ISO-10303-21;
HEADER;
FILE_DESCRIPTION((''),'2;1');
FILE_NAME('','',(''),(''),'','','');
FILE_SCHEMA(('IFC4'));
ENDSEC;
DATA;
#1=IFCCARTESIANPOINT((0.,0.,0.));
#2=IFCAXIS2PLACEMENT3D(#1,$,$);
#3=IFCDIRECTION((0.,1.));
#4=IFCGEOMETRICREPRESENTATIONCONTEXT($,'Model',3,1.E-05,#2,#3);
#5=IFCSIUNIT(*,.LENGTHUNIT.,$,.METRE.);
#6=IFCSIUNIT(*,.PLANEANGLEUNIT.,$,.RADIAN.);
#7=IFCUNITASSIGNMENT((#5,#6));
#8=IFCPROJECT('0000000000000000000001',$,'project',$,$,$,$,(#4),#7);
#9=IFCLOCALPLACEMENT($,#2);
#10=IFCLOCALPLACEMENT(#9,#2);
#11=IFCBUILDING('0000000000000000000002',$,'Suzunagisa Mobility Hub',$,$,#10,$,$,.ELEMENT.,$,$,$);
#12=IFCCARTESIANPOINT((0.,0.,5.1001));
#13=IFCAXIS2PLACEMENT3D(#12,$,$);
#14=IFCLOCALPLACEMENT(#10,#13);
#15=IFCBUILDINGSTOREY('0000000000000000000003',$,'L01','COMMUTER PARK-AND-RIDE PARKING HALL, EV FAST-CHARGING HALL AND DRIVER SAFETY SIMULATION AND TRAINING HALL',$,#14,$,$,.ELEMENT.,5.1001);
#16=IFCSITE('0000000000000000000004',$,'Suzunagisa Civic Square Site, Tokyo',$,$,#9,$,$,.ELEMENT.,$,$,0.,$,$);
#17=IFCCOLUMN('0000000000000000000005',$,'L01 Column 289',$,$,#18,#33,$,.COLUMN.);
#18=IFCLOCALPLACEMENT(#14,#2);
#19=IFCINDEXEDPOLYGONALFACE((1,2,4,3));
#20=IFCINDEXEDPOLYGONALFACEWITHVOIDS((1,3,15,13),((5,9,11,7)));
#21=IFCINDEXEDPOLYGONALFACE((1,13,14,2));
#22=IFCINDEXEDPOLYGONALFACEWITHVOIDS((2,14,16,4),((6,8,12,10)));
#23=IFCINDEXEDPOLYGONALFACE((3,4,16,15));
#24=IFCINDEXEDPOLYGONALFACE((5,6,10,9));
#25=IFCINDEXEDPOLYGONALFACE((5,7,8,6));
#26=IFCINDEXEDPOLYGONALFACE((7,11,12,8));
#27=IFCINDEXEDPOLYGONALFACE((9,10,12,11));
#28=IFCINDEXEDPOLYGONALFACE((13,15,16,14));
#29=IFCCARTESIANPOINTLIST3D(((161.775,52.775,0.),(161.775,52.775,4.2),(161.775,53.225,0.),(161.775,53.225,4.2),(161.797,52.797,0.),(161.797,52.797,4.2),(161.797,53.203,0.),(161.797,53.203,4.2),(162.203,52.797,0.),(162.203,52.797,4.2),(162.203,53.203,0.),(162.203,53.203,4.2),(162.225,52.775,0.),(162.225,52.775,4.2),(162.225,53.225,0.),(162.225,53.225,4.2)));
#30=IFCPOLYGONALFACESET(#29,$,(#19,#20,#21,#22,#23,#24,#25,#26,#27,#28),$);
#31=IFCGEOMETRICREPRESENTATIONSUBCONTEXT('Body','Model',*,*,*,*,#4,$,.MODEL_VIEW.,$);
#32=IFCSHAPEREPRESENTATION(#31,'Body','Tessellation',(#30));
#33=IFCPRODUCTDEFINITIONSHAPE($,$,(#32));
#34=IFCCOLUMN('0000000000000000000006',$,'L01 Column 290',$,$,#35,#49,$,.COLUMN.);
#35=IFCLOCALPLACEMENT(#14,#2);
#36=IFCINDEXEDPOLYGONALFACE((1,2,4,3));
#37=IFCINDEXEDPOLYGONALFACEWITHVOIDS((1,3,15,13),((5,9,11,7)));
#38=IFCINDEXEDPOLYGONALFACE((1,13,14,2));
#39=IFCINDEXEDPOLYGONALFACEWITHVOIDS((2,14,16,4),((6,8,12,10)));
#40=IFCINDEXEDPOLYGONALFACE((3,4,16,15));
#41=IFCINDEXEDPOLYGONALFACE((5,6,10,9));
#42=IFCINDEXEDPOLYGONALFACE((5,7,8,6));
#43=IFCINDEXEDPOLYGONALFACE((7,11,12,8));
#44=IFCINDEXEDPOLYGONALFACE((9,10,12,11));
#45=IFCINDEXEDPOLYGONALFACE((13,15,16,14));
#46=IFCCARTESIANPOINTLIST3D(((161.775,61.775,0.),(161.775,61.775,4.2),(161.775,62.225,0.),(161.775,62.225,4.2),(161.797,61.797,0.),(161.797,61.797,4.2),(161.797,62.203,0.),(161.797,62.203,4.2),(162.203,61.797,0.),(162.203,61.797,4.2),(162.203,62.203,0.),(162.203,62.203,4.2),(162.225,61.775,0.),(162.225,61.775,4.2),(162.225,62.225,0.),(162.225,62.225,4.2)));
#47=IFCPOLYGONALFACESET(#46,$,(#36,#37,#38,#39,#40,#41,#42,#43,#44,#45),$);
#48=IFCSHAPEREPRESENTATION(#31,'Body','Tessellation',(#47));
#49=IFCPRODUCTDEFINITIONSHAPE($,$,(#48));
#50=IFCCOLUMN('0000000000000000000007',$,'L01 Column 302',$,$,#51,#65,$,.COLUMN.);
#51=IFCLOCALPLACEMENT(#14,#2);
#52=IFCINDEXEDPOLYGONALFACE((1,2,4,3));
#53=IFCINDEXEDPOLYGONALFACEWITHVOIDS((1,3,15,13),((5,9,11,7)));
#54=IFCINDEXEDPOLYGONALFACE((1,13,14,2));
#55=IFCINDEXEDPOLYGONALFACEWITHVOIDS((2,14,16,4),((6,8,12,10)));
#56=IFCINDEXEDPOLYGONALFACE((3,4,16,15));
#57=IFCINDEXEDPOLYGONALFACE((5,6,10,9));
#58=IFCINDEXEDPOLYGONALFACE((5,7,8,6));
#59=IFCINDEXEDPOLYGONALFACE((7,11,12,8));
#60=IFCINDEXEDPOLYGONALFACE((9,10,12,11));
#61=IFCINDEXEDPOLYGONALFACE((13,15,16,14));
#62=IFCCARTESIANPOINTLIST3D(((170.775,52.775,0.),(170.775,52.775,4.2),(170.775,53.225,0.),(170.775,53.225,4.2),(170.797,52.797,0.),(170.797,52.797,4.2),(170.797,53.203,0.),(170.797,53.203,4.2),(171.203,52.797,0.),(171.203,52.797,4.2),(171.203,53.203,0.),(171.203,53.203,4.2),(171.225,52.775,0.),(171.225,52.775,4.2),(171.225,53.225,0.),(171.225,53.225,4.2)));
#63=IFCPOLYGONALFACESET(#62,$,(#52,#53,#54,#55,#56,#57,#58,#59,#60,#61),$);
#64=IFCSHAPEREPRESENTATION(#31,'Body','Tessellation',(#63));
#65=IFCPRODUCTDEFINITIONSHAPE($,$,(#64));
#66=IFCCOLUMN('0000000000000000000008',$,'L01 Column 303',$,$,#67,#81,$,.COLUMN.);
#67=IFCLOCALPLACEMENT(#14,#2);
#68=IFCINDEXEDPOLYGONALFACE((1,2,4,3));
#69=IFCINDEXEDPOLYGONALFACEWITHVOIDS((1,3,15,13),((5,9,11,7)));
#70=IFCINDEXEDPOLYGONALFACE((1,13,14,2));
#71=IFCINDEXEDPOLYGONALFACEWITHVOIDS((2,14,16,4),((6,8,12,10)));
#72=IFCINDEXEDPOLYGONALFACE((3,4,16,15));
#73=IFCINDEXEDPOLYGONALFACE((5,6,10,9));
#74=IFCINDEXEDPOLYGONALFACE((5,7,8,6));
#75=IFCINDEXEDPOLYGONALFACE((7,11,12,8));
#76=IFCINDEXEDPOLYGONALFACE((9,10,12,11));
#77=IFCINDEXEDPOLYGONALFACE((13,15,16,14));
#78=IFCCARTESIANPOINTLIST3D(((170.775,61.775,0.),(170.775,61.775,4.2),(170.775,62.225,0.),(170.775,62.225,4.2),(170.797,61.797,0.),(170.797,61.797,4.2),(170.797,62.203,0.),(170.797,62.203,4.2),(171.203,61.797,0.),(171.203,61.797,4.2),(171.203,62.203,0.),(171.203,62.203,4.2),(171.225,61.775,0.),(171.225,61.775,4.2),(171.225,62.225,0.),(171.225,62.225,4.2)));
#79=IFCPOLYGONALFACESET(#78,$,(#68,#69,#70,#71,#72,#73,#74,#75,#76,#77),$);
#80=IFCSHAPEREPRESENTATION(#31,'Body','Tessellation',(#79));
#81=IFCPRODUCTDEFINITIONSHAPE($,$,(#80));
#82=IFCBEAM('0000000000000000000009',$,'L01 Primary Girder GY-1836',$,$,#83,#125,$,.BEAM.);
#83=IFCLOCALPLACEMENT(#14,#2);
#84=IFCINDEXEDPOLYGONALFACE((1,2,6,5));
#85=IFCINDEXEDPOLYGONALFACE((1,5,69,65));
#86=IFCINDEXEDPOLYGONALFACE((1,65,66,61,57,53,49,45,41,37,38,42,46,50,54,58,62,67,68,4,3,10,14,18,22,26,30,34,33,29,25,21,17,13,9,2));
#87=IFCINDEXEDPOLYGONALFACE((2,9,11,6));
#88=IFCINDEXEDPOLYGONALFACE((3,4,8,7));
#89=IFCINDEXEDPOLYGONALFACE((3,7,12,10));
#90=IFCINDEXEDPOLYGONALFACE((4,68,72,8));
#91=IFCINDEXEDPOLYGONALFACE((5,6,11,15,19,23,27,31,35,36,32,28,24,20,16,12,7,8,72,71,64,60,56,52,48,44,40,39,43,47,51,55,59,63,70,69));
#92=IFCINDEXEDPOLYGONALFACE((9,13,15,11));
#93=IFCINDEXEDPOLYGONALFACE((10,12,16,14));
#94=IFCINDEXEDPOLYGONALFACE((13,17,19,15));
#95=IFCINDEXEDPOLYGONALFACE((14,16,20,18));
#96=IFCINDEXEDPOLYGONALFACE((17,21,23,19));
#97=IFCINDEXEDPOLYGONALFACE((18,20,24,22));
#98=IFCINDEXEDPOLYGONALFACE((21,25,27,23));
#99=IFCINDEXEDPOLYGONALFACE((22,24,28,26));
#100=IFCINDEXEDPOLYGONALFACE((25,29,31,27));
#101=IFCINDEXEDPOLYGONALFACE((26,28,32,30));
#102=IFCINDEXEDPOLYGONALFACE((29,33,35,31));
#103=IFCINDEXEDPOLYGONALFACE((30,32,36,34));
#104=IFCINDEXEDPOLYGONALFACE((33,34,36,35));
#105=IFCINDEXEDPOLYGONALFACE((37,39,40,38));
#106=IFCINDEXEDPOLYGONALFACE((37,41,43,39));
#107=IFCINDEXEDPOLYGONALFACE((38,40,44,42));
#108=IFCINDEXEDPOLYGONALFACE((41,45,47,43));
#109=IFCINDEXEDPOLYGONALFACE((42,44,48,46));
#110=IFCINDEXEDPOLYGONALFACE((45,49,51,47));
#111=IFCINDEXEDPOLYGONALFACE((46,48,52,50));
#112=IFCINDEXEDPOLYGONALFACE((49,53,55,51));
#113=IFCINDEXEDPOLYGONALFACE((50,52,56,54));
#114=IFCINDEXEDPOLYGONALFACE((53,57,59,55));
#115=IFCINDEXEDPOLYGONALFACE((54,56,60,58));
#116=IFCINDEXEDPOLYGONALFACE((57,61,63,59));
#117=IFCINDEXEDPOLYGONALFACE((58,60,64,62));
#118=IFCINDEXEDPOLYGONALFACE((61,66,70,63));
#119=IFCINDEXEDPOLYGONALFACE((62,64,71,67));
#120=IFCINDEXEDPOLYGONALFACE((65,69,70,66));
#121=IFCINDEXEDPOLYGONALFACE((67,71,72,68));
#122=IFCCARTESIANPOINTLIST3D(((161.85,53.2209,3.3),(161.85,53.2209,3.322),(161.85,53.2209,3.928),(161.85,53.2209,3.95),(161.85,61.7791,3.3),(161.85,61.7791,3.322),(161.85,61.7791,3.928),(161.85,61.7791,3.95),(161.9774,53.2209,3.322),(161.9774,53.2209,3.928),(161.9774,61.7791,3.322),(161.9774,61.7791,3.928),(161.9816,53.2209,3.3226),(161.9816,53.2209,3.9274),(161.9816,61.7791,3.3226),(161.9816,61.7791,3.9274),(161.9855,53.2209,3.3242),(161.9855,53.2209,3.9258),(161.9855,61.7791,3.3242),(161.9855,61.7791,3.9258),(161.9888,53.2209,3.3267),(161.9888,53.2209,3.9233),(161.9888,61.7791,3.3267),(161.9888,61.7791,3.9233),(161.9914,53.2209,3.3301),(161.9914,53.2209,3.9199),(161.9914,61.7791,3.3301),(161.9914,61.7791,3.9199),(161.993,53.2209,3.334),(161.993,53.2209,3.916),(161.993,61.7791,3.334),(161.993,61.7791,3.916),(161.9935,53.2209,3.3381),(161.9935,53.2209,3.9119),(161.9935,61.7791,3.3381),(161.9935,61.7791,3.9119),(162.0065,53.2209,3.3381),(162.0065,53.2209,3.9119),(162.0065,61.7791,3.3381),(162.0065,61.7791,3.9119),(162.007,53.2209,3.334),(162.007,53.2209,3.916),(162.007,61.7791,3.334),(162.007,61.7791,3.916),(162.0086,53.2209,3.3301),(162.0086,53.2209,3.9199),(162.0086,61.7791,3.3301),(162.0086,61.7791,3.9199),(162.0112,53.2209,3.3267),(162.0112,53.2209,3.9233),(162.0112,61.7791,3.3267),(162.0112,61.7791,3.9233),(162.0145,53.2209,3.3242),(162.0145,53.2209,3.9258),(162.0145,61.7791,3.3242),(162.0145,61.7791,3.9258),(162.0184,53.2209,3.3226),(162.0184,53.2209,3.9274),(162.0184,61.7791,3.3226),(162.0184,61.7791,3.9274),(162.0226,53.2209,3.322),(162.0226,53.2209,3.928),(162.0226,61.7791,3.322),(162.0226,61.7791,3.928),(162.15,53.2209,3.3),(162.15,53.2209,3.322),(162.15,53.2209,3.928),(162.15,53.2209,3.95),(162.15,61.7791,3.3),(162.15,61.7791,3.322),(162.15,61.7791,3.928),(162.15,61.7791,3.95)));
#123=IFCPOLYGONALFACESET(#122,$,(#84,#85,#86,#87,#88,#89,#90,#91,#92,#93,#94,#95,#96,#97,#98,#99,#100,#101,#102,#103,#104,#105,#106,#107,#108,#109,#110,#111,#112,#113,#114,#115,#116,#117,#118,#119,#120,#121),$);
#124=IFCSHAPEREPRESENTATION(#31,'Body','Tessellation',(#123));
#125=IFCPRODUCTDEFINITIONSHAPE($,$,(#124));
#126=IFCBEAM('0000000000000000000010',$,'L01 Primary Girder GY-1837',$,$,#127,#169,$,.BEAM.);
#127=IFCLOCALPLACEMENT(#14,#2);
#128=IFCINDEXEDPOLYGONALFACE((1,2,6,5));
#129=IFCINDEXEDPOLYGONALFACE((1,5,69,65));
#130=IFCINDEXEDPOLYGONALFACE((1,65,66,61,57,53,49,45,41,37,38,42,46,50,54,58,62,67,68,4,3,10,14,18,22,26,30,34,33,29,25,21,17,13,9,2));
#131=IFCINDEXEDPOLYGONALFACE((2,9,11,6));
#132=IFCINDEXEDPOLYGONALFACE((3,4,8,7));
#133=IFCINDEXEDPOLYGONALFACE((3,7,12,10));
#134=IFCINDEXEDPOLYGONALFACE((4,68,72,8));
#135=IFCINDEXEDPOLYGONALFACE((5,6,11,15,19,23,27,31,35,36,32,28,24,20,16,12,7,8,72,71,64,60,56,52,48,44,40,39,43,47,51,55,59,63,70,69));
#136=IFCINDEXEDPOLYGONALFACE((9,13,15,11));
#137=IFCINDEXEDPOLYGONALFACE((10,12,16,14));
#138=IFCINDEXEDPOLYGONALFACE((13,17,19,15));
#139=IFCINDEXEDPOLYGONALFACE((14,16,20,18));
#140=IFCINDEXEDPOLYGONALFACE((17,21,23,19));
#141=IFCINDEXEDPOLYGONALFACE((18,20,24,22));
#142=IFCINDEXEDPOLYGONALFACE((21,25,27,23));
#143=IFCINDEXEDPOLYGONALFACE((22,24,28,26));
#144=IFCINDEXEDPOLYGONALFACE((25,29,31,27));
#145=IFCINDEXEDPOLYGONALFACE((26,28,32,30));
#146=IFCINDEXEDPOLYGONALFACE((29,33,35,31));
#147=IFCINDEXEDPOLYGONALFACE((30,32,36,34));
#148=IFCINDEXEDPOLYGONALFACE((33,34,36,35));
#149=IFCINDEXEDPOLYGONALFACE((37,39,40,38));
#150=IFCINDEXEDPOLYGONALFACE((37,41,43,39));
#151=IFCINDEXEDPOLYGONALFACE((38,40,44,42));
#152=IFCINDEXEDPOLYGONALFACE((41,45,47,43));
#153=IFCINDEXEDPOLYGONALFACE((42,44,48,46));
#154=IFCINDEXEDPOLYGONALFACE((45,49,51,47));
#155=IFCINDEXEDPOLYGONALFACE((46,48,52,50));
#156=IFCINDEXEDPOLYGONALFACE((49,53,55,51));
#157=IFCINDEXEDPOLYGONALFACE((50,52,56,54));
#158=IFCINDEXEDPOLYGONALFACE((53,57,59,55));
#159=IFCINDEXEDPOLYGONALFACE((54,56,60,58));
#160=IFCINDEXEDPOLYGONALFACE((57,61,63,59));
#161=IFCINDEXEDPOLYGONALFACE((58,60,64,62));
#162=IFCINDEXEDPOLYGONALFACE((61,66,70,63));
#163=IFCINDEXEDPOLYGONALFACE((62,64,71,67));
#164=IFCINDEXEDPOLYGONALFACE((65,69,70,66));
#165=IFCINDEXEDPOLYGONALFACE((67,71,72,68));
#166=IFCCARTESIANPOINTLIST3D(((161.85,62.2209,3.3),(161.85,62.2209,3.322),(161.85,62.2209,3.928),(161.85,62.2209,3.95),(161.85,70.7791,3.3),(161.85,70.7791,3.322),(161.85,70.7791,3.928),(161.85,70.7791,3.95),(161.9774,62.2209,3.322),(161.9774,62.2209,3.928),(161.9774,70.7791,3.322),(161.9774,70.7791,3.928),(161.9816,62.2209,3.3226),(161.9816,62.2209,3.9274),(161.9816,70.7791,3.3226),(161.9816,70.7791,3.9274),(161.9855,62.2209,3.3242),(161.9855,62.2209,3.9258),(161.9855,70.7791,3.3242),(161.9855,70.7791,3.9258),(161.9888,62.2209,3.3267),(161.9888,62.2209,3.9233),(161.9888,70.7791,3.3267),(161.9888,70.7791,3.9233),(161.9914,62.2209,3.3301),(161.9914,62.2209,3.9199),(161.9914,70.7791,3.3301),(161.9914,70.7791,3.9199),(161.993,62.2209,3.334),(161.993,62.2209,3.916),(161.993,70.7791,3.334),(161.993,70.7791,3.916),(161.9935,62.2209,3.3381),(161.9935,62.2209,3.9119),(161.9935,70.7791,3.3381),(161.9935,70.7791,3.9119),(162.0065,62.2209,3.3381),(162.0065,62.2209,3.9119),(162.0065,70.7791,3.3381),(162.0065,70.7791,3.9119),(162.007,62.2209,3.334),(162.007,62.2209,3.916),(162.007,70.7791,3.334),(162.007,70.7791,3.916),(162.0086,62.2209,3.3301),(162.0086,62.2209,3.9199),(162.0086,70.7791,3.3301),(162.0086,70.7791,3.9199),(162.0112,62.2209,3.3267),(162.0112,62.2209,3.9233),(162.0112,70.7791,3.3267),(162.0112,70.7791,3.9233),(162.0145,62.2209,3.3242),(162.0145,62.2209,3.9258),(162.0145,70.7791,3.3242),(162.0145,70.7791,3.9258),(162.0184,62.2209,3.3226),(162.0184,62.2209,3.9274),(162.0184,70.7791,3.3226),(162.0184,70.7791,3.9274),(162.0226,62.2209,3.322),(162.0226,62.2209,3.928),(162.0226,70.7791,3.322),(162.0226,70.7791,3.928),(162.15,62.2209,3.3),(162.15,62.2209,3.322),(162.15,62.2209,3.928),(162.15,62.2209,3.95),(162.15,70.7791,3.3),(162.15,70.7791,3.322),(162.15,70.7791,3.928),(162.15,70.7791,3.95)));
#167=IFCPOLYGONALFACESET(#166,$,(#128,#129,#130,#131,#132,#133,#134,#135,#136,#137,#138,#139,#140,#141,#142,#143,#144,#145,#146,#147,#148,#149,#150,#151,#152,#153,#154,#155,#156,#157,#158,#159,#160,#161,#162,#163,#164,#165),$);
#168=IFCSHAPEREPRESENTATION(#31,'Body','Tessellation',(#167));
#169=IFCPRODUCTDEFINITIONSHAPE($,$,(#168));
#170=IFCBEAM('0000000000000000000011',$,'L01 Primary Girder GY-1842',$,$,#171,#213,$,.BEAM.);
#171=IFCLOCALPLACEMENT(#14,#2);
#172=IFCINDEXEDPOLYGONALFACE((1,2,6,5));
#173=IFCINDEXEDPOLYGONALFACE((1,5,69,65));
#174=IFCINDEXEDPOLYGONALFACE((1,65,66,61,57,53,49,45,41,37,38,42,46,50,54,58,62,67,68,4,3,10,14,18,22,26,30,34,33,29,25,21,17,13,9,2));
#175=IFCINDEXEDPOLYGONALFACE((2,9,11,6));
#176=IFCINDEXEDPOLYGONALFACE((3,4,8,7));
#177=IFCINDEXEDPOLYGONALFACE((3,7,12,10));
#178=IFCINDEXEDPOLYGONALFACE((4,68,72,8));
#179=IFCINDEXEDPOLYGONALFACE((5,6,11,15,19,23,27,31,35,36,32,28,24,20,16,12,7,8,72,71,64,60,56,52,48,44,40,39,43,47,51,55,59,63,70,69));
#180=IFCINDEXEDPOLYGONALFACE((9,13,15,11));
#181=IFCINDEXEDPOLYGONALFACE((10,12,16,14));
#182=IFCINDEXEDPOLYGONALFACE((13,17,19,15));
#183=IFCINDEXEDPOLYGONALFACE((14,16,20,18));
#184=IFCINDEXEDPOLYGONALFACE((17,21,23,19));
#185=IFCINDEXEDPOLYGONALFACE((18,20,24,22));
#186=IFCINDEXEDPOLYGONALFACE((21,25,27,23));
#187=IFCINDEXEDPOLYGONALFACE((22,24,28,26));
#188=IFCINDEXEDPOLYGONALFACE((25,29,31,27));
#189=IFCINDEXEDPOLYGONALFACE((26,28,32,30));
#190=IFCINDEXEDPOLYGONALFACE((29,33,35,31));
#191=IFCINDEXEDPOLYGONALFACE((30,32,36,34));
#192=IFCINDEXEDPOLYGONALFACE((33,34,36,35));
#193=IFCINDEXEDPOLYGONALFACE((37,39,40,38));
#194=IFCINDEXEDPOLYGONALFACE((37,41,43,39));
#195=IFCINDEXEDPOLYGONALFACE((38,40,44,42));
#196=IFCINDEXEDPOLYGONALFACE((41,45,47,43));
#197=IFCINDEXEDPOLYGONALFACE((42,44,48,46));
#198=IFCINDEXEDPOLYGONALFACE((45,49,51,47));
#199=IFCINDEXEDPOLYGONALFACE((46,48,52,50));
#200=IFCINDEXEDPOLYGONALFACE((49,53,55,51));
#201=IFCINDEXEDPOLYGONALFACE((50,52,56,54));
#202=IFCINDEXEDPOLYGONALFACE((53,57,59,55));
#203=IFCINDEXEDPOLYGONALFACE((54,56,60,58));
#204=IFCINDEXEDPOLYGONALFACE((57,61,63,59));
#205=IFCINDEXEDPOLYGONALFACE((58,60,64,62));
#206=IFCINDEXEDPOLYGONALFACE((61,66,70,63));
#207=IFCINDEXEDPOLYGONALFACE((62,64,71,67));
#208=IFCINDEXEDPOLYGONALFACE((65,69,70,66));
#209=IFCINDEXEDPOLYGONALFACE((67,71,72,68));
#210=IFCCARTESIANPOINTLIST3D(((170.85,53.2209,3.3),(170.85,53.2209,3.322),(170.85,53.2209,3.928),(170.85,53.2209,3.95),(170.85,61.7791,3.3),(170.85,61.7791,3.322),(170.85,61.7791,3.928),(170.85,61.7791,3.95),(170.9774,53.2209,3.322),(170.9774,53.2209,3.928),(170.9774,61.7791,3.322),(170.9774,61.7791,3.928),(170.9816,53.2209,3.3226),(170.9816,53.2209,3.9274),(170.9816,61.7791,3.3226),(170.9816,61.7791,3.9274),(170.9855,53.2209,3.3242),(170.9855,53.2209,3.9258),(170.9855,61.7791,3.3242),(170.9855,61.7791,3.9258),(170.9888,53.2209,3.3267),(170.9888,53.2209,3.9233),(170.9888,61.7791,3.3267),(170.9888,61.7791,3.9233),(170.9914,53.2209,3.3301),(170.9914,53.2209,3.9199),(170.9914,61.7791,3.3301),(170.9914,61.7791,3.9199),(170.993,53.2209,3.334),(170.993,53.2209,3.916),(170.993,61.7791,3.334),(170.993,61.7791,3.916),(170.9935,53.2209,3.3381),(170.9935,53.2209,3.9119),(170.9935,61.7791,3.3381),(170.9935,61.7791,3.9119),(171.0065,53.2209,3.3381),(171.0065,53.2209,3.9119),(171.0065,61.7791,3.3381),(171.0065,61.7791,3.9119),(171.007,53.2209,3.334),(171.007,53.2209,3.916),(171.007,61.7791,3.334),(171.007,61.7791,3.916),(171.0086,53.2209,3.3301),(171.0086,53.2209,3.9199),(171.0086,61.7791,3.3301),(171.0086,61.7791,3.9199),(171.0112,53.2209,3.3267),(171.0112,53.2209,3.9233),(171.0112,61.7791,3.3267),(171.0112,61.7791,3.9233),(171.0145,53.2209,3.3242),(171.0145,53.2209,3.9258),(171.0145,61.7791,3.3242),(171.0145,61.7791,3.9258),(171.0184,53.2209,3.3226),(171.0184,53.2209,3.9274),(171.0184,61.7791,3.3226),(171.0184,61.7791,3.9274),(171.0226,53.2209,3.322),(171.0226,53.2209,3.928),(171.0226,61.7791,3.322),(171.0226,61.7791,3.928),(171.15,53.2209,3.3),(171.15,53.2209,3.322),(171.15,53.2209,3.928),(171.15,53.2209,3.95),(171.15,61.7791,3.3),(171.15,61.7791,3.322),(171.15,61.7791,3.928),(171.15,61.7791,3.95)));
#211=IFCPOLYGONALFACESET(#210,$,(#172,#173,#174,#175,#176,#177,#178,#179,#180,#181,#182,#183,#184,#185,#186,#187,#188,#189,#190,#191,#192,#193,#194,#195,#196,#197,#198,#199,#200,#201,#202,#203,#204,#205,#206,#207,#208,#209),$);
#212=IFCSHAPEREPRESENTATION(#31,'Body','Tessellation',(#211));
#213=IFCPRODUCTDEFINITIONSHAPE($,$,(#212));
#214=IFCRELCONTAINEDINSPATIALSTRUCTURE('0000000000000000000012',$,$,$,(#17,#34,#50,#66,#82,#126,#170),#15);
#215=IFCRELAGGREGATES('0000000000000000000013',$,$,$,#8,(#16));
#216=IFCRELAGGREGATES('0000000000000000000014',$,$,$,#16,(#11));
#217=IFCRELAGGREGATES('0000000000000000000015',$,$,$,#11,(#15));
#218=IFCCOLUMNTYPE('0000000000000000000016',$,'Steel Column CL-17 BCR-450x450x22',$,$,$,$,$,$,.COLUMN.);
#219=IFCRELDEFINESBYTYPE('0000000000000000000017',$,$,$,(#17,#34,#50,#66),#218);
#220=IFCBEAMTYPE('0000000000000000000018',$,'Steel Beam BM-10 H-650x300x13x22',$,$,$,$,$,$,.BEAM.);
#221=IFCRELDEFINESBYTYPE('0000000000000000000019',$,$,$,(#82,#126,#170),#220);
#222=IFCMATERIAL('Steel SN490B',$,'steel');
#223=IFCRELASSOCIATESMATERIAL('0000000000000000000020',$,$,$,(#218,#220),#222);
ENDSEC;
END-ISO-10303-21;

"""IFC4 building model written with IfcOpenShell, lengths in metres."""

from ifc_helpers import new_model, si_unit, direction, frame, origin, origin_2d, place, context, subcontext, project, spatial, hollow_rectangle, i_section, extrude, material, material_profile, profile_set, type_object, element, save


model = new_model("IFC4")

# Units and contexts
model_context = context("Model", 3, precision=1e-05, world=origin(), true_north=direction((0.0, 1.0)))
body_context = subcontext(model_context, "Body", "Model", "MODEL_VIEW")
ifc_project = project(units=[si_unit("LENGTHUNIT", "METRE"), si_unit("PLANEANGLEUNIT", "RADIAN")], contexts=[model_context])

# Site, building, storey
site_placement = place(None, origin())
site = spatial("IfcSite", under=ifc_project, at=site_placement, Name="Suzunagisa Civic Square Site, Tokyo", CompositionType="ELEMENT", RefElevation=0.0)
building_placement = place(site_placement, origin())
building = spatial("IfcBuilding", under=site, at=building_placement, Name="Suzunagisa Mobility Hub", CompositionType="ELEMENT")
storey_placement = place(building_placement, frame((0.0, 0.0, 5.1001)))
storey = spatial("IfcBuildingStorey", under=building, at=storey_placement, Name="L01", Description="COMMUTER PARK-AND-RIDE PARKING HALL, EV FAST-CHARGING HALL AND DRIVER SAFETY SIMULATION AND TRAINING HALL", CompositionType="ELEMENT", Elevation=5.1001)

# Columns
ifc_material_1 = material(Name="Steel SN490B", Category="steel")
ifc_material_profile_1 = material_profile(ifc_material_1, hollow_rectangle(XDim=0.45, YDim=0.45, WallThickness=0.022, at=origin_2d()), Name="BCR-450x450x22")
ifc_profile_set_1 = profile_set([ifc_material_profile_1], Name="Steel SN490B")
column_type = type_object("IfcColumnType", Name="Steel Column CL-17 BCR-450x450x22", PredefinedType="COLUMN", material=ifc_profile_set_1)
for number, where, z_axis, x_axis, name in (
    (1, (162.0, 53.0, 0.0), (0.0, 0.0, 1.0), (1.0, 0.0, 0.0), "L01 Column 289"),
    (2, (162.0, 62.0, 0.0), (0.0, 0.0, 1.0), (1.0, 0.0, 0.0), "L01 Column 290"),
    (3, (171.0, 53.0, 0.0), (0.0, 0.0, 1.0), (1.0, 0.0, 0.0), "L01 Column 302"),
    (4, (171.0, 62.0, 0.0), (0.0, 0.0, 1.0), (1.0, 0.0, 0.0), "L01 Column 303"),
):
    element("IfcColumn", number, at=place(storey_placement, frame(where, z_axis=z_axis, x_axis=x_axis)), inside=storey, type_object=column_type, Name=name, PredefinedType="COLUMN", context=body_context, shape_type="SweptSolid", body=[
        extrude(hollow_rectangle(XDim=0.45, YDim=0.45, WallThickness=0.022, at=origin_2d()), origin(), (0.0, 0.0, 1.0), 4.2),
    ])

# Beams
ifc_material_profile_2 = material_profile(ifc_material_1, i_section(OverallWidth=0.3, OverallDepth=0.6499, WebThickness=0.0129, FlangeThickness=0.022, FilletRadius=0.0161, at=origin_2d()), Name="H-650x300x13x22")
ifc_profile_set_2 = profile_set([ifc_material_profile_2], Name="Steel SN490B")
beam_type_1 = type_object("IfcBeamType", Name="Steel Beam BM-10 H-650x300x13x22", PredefinedType="BEAM", material=ifc_profile_set_2)
for number, where, z_axis, x_axis, name in (
    (5, (162.0, 53.2209, 3.625), (0.0, 1.0, 0.0), (-1.0, 0.0, 0.0), "L01 Primary Girder GY-1836"),
    (6, (162.0, 62.2209, 3.625), (0.0, 1.0, 0.0), (-1.0, 0.0, 0.0), "L01 Primary Girder GY-1837"),
    (7, (171.0, 53.2209, 3.625), (0.0, 1.0, 0.0), (-1.0, 0.0, 0.0), "L01 Primary Girder GY-1842"),
):
    element("IfcBeam", number, at=place(storey_placement, frame(where, z_axis=z_axis, x_axis=x_axis)), inside=storey, type_object=beam_type_1, Name=name, PredefinedType="BEAM", context=body_context, shape_type="SweptSolid", body=[
        extrude(i_section(OverallWidth=0.3, OverallDepth=0.6499, WebThickness=0.0129, FlangeThickness=0.022, FilletRadius=0.0161, at=origin_2d()), origin(), (0.0, 0.0, 1.0), 8.5581),
    ])

save(model, "model.ifc")
